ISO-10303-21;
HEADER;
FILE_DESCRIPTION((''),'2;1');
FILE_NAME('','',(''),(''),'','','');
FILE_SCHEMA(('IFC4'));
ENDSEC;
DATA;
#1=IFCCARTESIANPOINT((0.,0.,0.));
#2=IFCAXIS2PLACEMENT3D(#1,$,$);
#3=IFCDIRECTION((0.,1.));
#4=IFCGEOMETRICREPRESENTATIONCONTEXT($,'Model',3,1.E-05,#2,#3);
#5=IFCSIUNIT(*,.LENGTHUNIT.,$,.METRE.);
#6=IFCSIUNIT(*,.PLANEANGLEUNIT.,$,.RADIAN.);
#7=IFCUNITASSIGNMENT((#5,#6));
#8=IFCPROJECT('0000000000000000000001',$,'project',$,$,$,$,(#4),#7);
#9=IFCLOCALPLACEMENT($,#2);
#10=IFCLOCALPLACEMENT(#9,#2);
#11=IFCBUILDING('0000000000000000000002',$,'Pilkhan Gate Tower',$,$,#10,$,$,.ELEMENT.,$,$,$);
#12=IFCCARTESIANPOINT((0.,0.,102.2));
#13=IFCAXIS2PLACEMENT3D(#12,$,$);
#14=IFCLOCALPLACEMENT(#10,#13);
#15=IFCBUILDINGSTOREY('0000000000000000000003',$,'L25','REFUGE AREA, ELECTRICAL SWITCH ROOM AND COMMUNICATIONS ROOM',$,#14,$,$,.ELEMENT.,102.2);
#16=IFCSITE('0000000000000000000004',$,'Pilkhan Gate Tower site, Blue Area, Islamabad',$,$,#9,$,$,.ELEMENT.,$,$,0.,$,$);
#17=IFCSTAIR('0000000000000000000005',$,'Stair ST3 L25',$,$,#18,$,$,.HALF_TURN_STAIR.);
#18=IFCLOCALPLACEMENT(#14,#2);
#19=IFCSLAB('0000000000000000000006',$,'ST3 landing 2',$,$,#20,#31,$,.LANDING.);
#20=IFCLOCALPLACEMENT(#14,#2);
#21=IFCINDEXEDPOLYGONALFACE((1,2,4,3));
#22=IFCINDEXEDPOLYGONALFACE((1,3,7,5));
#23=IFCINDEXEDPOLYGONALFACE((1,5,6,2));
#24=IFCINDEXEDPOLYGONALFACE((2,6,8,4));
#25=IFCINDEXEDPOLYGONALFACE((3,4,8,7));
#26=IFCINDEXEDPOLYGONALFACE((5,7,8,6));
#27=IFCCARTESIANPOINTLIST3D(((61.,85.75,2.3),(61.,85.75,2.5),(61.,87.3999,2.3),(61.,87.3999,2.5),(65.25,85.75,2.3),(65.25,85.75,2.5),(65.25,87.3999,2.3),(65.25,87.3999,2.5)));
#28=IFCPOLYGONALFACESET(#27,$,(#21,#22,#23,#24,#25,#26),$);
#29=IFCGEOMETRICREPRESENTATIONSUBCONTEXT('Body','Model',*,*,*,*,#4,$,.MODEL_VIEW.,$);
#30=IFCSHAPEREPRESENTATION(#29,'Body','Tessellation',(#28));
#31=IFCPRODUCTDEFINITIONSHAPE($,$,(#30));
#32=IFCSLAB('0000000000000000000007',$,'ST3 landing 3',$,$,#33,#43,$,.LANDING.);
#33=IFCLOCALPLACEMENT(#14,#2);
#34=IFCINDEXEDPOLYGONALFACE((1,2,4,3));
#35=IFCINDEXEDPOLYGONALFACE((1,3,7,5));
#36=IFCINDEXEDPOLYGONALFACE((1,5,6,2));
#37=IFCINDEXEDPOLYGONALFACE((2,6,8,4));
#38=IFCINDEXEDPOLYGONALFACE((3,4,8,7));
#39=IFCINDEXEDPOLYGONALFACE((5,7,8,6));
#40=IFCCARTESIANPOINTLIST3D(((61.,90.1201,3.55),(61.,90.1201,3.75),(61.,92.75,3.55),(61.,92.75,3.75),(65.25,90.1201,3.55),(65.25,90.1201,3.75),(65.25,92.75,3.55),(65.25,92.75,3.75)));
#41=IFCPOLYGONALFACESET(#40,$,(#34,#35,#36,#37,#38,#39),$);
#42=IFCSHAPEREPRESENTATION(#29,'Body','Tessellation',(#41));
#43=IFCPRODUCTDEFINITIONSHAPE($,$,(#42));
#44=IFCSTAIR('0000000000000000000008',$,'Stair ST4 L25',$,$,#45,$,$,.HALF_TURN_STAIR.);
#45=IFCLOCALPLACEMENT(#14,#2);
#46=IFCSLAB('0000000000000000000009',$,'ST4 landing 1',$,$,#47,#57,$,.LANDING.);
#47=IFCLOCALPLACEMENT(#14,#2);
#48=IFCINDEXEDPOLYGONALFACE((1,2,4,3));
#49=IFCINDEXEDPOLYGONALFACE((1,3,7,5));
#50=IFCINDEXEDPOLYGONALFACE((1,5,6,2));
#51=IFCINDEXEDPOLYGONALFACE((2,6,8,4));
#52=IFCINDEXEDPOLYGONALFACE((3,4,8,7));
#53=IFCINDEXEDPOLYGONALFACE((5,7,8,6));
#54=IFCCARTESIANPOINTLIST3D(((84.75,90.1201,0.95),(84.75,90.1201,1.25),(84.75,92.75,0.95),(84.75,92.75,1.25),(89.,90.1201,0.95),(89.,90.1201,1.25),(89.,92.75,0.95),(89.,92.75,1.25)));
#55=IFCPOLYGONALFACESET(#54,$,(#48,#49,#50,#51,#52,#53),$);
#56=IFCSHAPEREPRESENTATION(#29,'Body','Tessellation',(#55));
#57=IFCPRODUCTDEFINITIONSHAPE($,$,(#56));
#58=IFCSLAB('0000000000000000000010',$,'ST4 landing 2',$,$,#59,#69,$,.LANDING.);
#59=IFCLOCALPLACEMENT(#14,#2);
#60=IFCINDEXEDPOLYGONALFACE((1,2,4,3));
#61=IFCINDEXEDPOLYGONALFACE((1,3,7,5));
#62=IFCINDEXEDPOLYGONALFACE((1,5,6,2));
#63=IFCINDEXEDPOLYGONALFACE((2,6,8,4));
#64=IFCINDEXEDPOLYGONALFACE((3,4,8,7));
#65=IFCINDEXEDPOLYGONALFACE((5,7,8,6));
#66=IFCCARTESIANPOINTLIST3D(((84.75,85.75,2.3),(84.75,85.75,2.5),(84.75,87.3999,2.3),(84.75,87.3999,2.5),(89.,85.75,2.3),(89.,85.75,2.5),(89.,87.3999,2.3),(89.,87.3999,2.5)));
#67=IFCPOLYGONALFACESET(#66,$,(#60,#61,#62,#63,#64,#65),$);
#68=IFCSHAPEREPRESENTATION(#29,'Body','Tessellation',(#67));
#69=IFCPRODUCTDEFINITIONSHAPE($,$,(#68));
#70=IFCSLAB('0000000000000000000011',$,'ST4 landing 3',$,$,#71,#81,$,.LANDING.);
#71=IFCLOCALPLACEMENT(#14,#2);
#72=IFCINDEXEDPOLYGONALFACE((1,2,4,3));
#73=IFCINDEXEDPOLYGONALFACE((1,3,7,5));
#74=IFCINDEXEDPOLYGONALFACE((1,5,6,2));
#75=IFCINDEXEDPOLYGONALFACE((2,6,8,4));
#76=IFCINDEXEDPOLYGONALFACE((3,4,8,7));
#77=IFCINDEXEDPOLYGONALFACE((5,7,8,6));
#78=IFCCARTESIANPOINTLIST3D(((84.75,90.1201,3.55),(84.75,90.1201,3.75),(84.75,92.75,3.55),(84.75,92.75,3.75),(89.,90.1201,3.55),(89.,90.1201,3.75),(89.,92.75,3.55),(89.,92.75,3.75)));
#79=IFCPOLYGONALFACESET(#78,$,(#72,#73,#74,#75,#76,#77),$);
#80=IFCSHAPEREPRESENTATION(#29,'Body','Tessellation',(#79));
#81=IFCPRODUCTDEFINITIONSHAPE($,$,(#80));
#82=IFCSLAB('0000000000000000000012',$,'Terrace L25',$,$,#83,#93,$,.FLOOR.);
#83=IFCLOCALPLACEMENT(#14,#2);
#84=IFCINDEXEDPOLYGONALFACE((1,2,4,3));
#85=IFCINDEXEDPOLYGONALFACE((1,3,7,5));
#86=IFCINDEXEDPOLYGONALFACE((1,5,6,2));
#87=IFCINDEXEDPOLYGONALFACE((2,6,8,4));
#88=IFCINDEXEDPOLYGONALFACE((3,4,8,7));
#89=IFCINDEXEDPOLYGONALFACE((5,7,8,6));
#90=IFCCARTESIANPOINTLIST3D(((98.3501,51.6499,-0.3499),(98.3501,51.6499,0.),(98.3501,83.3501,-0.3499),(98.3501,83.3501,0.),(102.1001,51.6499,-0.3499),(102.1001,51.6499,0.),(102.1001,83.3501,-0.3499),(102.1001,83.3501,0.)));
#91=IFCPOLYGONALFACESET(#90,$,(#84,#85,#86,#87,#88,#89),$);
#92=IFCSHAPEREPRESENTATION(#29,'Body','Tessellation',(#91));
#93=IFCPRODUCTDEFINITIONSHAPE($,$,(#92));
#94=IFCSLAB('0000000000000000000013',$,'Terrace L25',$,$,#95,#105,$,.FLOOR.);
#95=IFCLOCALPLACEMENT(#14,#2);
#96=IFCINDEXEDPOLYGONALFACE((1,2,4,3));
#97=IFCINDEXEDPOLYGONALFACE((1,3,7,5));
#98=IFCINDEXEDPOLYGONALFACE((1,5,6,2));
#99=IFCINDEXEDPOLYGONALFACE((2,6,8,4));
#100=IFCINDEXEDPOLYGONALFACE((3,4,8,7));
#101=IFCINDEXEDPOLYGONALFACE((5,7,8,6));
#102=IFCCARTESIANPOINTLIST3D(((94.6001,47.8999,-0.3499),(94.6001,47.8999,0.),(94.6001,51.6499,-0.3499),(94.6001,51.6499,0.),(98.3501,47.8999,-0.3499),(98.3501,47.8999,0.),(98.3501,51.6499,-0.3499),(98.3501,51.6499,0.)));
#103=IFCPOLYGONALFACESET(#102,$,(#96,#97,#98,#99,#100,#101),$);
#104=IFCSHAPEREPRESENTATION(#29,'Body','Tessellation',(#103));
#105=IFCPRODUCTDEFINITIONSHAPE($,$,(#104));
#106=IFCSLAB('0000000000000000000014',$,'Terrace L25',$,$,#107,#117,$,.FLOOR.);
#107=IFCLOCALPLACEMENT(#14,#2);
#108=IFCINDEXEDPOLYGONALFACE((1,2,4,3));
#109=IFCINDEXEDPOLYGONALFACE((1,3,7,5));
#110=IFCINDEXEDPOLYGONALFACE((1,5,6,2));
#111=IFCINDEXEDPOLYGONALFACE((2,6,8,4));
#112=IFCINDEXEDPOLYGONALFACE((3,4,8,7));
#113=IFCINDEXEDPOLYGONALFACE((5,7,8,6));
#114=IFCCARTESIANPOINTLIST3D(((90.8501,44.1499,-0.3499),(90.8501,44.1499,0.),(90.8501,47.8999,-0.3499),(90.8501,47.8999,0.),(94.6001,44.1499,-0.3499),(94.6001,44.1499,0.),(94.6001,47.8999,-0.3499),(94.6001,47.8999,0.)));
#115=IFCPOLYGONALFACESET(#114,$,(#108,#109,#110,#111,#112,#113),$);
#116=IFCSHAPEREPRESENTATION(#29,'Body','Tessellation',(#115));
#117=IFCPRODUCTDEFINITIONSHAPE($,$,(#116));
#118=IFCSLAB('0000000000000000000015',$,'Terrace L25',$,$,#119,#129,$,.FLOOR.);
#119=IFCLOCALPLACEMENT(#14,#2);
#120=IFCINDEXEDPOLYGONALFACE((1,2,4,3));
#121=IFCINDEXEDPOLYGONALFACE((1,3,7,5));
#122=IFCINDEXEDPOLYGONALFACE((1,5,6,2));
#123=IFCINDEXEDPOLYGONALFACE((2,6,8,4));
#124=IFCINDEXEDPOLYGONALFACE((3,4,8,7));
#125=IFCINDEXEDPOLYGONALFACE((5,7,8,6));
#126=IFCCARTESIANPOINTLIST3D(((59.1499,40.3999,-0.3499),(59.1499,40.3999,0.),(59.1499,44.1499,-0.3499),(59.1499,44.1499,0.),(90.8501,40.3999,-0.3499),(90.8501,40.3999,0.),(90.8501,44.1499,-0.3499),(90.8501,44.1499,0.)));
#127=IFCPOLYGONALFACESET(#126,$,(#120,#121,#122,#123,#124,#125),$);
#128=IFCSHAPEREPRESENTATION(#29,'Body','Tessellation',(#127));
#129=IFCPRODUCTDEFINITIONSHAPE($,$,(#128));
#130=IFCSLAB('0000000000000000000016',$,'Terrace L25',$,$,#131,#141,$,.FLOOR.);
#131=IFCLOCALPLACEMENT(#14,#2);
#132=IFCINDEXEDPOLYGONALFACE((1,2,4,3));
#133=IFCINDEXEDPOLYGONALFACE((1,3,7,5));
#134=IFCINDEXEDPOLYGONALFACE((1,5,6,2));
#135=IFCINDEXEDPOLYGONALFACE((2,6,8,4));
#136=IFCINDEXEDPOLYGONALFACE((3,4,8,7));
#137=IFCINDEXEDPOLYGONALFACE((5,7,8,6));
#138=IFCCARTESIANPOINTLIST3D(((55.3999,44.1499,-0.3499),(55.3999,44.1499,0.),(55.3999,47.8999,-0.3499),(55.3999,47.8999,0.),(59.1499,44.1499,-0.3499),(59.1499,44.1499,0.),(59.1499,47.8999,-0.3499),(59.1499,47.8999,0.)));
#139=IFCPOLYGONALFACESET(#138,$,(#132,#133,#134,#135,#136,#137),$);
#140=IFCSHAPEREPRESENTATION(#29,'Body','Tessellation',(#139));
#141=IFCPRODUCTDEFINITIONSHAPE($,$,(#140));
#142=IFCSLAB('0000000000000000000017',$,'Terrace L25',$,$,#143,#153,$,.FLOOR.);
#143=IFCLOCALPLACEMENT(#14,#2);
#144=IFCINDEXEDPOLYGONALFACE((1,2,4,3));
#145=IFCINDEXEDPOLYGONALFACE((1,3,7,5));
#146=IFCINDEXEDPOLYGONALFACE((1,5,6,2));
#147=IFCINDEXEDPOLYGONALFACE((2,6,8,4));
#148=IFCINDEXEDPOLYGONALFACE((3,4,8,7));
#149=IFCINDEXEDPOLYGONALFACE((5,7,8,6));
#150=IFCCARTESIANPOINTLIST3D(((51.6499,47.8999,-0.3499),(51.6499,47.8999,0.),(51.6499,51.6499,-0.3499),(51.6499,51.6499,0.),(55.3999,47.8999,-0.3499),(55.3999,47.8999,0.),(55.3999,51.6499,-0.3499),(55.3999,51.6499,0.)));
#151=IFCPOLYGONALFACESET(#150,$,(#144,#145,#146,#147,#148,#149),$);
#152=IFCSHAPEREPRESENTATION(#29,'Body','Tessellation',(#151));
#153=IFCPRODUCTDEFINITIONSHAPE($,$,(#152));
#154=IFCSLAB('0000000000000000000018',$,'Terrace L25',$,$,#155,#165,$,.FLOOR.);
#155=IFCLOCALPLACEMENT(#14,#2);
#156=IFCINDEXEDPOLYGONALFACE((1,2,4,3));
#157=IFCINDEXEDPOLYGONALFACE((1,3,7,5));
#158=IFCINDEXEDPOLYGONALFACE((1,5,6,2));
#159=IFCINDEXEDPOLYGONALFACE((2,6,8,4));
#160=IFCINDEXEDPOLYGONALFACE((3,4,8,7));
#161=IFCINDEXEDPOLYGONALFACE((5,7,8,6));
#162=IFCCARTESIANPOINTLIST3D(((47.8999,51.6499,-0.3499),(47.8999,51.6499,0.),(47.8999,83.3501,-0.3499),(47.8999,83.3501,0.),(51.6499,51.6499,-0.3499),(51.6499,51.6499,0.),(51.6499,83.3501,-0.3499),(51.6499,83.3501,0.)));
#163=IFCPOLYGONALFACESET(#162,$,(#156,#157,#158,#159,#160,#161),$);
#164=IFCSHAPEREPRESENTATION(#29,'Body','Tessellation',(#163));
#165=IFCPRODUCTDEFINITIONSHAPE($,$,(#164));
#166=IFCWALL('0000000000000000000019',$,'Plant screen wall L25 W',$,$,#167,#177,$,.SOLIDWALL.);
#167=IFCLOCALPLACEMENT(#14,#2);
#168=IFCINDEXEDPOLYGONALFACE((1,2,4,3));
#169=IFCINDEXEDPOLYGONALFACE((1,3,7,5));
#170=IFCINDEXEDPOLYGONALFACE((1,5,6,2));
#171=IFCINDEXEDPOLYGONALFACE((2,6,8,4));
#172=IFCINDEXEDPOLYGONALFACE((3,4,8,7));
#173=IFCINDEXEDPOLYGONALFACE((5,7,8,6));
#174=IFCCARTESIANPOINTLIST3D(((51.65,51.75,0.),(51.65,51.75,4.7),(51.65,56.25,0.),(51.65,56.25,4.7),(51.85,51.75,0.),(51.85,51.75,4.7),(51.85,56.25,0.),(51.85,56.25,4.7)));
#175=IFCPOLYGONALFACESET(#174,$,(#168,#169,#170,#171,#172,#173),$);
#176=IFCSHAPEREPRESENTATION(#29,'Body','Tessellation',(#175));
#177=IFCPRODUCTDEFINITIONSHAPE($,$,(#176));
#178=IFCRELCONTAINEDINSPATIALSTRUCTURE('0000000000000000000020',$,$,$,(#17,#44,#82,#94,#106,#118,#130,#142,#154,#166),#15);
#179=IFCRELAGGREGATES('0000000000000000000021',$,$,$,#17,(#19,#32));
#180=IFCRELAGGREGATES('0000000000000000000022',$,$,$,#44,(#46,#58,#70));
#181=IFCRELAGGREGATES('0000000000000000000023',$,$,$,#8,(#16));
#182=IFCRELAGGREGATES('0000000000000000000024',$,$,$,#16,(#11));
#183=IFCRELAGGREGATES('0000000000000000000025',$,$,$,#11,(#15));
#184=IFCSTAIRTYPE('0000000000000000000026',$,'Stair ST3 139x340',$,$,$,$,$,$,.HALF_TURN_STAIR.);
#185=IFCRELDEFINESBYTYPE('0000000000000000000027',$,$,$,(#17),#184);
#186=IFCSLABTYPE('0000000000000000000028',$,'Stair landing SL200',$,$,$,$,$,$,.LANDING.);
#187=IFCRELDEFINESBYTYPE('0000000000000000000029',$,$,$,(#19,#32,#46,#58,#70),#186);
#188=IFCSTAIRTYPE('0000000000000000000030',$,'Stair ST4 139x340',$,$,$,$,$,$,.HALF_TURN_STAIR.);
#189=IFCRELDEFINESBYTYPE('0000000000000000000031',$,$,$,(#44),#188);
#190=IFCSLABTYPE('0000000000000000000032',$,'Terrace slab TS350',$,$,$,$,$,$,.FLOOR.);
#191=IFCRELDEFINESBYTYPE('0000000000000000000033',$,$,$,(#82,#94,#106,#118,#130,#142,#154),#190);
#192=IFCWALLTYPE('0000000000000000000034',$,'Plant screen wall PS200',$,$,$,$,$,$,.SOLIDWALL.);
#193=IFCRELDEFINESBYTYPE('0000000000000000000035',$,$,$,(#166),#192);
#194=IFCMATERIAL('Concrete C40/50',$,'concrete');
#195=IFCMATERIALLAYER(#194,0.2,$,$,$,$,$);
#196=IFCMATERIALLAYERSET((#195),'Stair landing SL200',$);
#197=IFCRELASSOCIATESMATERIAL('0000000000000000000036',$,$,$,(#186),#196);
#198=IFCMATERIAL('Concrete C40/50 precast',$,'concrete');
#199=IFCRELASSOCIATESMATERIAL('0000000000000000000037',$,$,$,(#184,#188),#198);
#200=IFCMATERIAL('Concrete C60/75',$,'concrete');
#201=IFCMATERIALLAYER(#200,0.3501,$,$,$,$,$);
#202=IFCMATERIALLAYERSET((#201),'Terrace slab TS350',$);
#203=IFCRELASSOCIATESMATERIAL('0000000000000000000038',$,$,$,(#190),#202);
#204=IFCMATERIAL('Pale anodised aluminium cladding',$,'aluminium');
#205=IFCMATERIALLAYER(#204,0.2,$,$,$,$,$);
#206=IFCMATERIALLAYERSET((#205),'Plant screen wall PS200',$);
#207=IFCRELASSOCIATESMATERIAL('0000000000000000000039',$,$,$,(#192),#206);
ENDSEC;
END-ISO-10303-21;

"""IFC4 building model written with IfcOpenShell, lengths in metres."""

from ifc_helpers import new_model, si_unit, direction, frame, frame_2d, origin, place, context, subcontext, project, spatial, polyline, rectangle, outline, extrude, material, layer, layer_set, type_object, element, aggregate, save


model = new_model("IFC4")

# Units and contexts
model_context = context("Model", 3, precision=1e-05, world=origin(), true_north=direction((0.0, 1.0)))
body_context = subcontext(model_context, "Body", "Model", "MODEL_VIEW")
ifc_project = project(units=[si_unit("LENGTHUNIT", "METRE"), si_unit("PLANEANGLEUNIT", "RADIAN")], contexts=[model_context])

# Site, building, storey
site_placement = place(None, origin())
site = spatial("IfcSite", under=ifc_project, at=site_placement, Name="Pilkhan Gate Tower site, Blue Area, Islamabad", CompositionType="ELEMENT", RefElevation=0.0)
building_placement = place(site_placement, origin())
building = spatial("IfcBuilding", under=site, at=building_placement, Name="Pilkhan Gate Tower", CompositionType="ELEMENT")
storey_placement = place(building_placement, frame((0.0, 0.0, 102.2)))
storey = spatial("IfcBuildingStorey", under=building, at=storey_placement, Name="L25", Description="REFUGE AREA, ELECTRICAL SWITCH ROOM AND COMMUNICATIONS ROOM", CompositionType="ELEMENT", Elevation=102.2)

# Shared definitions
ifc_material_1 = material(Name="Concrete C40/50", Category="concrete")

# Stairs, slabs
ifc_material_2 = material(Name="Concrete C40/50 precast", Category="concrete")
ifc_layer_1 = layer(ifc_material_1, 0.2)
ifc_layer_set_1 = layer_set([ifc_layer_1], Name="Stair landing SL200")
slab_type_1 = type_object("IfcSlabType", Name="Stair landing SL200", PredefinedType="LANDING", material=ifc_layer_set_1)
stair_type_1 = type_object("IfcStairType", Name="Stair ST3 139x340", PredefinedType="HALF_TURN_STAIR", material=ifc_material_2)
stair_1_placement = place(storey_placement, origin())
stair_1 = element("IfcStair", 1, at=stair_1_placement, inside=storey, type_object=stair_type_1, Name="Stair ST3 L25", PredefinedType="HALF_TURN_STAIR")
slab_1_placement = place(storey_placement, frame((0.0, 0.0, 2.3)))
slab_1 = element("IfcSlab", 2, at=slab_1_placement, type_object=slab_type_1, Name="ST3 landing 2", PredefinedType="LANDING", context=body_context, shape_type="SweptSolid", body=[
    extrude(outline(polyline([(65.25, 85.75), (65.25, 87.3999), (61.0, 87.3999), (61.0, 85.75), (65.25, 85.75)])), origin(), (0.0, 0.0, 1.0), 0.2),
])
slab_2_placement = place(storey_placement, frame((0.0, 0.0, 3.55)))
slab_2 = element("IfcSlab", 3, at=slab_2_placement, type_object=slab_type_1, Name="ST3 landing 3", PredefinedType="LANDING", context=body_context, shape_type="SweptSolid", body=[
    extrude(outline(polyline([(65.25, 90.1201), (65.25, 92.75), (61.0, 92.75), (61.0, 90.1201), (65.25, 90.1201)])), origin(), (0.0, 0.0, 1.0), 0.2),
])
aggregate(stair_1, [slab_1, slab_2])
stair_type_2 = type_object("IfcStairType", Name="Stair ST4 139x340", PredefinedType="HALF_TURN_STAIR", material=ifc_material_2)
stair_2_placement = place(storey_placement, origin())
stair_2 = element("IfcStair", 4, at=stair_2_placement, inside=storey, type_object=stair_type_2, Name="Stair ST4 L25", PredefinedType="HALF_TURN_STAIR")
slab_3_placement = place(storey_placement, frame((0.0, 0.0, 0.95)))
slab_3 = element("IfcSlab", 5, at=slab_3_placement, type_object=slab_type_1, Name="ST4 landing 1", PredefinedType="LANDING", context=body_context, shape_type="SweptSolid", body=[
    extrude(outline(polyline([(89.0, 90.1201), (89.0, 92.75), (84.75, 92.75), (84.75, 90.1201), (89.0, 90.1201)])), origin(), (0.0, 0.0, 1.0), 0.3),
])
slab_4_placement = place(storey_placement, frame((0.0, 0.0, 2.3)))
slab_4 = element("IfcSlab", 6, at=slab_4_placement, type_object=slab_type_1, Name="ST4 landing 2", PredefinedType="LANDING", context=body_context, shape_type="SweptSolid", body=[
    extrude(outline(polyline([(89.0, 85.75), (89.0, 87.3999), (84.75, 87.3999), (84.75, 85.75), (89.0, 85.75)])), origin(), (0.0, 0.0, 1.0), 0.2),
])
slab_5_placement = place(storey_placement, frame((0.0, 0.0, 3.55)))
slab_5 = element("IfcSlab", 7, at=slab_5_placement, type_object=slab_type_1, Name="ST4 landing 3", PredefinedType="LANDING", context=body_context, shape_type="SweptSolid", body=[
    extrude(outline(polyline([(89.0, 90.1201), (89.0, 92.75), (84.75, 92.75), (84.75, 90.1201), (89.0, 90.1201)])), origin(), (0.0, 0.0, 1.0), 0.2),
])
aggregate(stair_2, [slab_3, slab_4, slab_5])

# Slabs
ifc_material_3 = material(Name="Concrete C60/75", Category="concrete")
ifc_layer_2 = layer(ifc_material_3, 0.3501)
ifc_layer_set_2 = layer_set([ifc_layer_2], Name="Terrace slab TS350")
slab_type_2 = type_object("IfcSlabType", Name="Terrace slab TS350", PredefinedType="FLOOR", material=ifc_layer_set_2)
slab_6_placement = place(storey_placement, frame((0.0, 0.0, -0.3499)))
element("IfcSlab", 8, at=slab_6_placement, inside=storey, type_object=slab_type_2, Name="Terrace L25", PredefinedType="FLOOR", context=body_context, shape_type="SweptSolid", body=[
    extrude(outline(polyline([(98.3501, 83.3501), (102.1001, 83.3501), (102.1001, 51.6499), (98.3501, 51.6499), (98.3501, 83.3501)])), origin(), (0.0, 0.0, 1.0), 0.3499),
])
slab_7_placement = place(storey_placement, frame((0.0, 0.0, -0.3499)))
element("IfcSlab", 9, at=slab_7_placement, inside=storey, type_object=slab_type_2, Name="Terrace L25", PredefinedType="FLOOR", context=body_context, shape_type="SweptSolid", body=[
    extrude(outline(polyline([(94.6001, 47.8999), (94.6001, 51.6499), (98.3501, 51.6499), (98.3501, 47.8999), (94.6001, 47.8999)])), origin(), (0.0, 0.0, 1.0), 0.3499),
])
slab_8_placement = place(storey_placement, frame((0.0, 0.0, -0.3499)))
element("IfcSlab", 10, at=slab_8_placement, inside=storey, type_object=slab_type_2, Name="Terrace L25", PredefinedType="FLOOR", context=body_context, shape_type="SweptSolid", body=[
    extrude(outline(polyline([(90.8501, 44.1499), (90.8501, 47.8999), (94.6001, 47.8999), (94.6001, 44.1499), (90.8501, 44.1499)])), origin(), (0.0, 0.0, 1.0), 0.3499),
])
slab_9_placement = place(storey_placement, frame((0.0, 0.0, -0.3499)))
element("IfcSlab", 11, at=slab_9_placement, inside=storey, type_object=slab_type_2, Name="Terrace L25", PredefinedType="FLOOR", context=body_context, shape_type="SweptSolid", body=[
    extrude(outline(polyline([(59.1499, 40.3999), (59.1499, 44.1499), (90.8501, 44.1499), (90.8501, 40.3999), (59.1499, 40.3999)])), origin(), (0.0, 0.0, 1.0), 0.3499),
])
slab_10_placement = place(storey_placement, frame((0.0, 0.0, -0.3499)))
element("IfcSlab", 12, at=slab_10_placement, inside=storey, type_object=slab_type_2, Name="Terrace L25", PredefinedType="FLOOR", context=body_context, shape_type="SweptSolid", body=[
    extrude(outline(polyline([(55.3999, 47.8999), (59.1499, 47.8999), (59.1499, 44.1499), (55.3999, 44.1499), (55.3999, 47.8999)])), origin(), (0.0, 0.0, 1.0), 0.3499),
])
slab_11_placement = place(storey_placement, frame((0.0, 0.0, -0.3499)))
element("IfcSlab", 13, at=slab_11_placement, inside=storey, type_object=slab_type_2, Name="Terrace L25", PredefinedType="FLOOR", context=body_context, shape_type="SweptSolid", body=[
    extrude(outline(polyline([(51.6499, 51.6499), (55.3999, 51.6499), (55.3999, 47.8999), (51.6499, 47.8999), (51.6499, 51.6499)])), origin(), (0.0, 0.0, 1.0), 0.3499),
])
slab_12_placement = place(storey_placement, frame((0.0, 0.0, -0.3499)))
element("IfcSlab", 14, at=slab_12_placement, inside=storey, type_object=slab_type_2, Name="Terrace L25", PredefinedType="FLOOR", context=body_context, shape_type="SweptSolid", body=[
    extrude(outline(polyline([(47.8999, 83.3501), (51.6499, 83.3501), (51.6499, 51.6499), (47.8999, 51.6499), (47.8999, 83.3501)])), origin(), (0.0, 0.0, 1.0), 0.3499),
])

# Wall
ifc_material_4 = material(Name="Pale anodised aluminium cladding", Category="aluminium")
ifc_layer_3 = layer(ifc_material_4, 0.2)
ifc_layer_set_3 = layer_set([ifc_layer_3], Name="Plant screen wall PS200")
wall_type = type_object("IfcWallType", Name="Plant screen wall PS200", PredefinedType="SOLIDWALL", material=ifc_layer_set_3)
wall_placement = place(storey_placement, frame((51.75, 51.75, 0.0), z_axis=(0.0, 0.0, 1.0), x_axis=(0.0, 1.0, 0.0)))
element("IfcWall", 15, at=wall_placement, inside=storey, type_object=wall_type, Name="Plant screen wall L25 W", PredefinedType="SOLIDWALL", context=body_context, shape_type="SweptSolid", body=[
    extrude(rectangle(XDim=4.5, YDim=0.2, at=frame_2d((2.25, 0.0))), origin(), (0.0, 0.0, 1.0), 4.7),
])

save(model, "model.ifc")
